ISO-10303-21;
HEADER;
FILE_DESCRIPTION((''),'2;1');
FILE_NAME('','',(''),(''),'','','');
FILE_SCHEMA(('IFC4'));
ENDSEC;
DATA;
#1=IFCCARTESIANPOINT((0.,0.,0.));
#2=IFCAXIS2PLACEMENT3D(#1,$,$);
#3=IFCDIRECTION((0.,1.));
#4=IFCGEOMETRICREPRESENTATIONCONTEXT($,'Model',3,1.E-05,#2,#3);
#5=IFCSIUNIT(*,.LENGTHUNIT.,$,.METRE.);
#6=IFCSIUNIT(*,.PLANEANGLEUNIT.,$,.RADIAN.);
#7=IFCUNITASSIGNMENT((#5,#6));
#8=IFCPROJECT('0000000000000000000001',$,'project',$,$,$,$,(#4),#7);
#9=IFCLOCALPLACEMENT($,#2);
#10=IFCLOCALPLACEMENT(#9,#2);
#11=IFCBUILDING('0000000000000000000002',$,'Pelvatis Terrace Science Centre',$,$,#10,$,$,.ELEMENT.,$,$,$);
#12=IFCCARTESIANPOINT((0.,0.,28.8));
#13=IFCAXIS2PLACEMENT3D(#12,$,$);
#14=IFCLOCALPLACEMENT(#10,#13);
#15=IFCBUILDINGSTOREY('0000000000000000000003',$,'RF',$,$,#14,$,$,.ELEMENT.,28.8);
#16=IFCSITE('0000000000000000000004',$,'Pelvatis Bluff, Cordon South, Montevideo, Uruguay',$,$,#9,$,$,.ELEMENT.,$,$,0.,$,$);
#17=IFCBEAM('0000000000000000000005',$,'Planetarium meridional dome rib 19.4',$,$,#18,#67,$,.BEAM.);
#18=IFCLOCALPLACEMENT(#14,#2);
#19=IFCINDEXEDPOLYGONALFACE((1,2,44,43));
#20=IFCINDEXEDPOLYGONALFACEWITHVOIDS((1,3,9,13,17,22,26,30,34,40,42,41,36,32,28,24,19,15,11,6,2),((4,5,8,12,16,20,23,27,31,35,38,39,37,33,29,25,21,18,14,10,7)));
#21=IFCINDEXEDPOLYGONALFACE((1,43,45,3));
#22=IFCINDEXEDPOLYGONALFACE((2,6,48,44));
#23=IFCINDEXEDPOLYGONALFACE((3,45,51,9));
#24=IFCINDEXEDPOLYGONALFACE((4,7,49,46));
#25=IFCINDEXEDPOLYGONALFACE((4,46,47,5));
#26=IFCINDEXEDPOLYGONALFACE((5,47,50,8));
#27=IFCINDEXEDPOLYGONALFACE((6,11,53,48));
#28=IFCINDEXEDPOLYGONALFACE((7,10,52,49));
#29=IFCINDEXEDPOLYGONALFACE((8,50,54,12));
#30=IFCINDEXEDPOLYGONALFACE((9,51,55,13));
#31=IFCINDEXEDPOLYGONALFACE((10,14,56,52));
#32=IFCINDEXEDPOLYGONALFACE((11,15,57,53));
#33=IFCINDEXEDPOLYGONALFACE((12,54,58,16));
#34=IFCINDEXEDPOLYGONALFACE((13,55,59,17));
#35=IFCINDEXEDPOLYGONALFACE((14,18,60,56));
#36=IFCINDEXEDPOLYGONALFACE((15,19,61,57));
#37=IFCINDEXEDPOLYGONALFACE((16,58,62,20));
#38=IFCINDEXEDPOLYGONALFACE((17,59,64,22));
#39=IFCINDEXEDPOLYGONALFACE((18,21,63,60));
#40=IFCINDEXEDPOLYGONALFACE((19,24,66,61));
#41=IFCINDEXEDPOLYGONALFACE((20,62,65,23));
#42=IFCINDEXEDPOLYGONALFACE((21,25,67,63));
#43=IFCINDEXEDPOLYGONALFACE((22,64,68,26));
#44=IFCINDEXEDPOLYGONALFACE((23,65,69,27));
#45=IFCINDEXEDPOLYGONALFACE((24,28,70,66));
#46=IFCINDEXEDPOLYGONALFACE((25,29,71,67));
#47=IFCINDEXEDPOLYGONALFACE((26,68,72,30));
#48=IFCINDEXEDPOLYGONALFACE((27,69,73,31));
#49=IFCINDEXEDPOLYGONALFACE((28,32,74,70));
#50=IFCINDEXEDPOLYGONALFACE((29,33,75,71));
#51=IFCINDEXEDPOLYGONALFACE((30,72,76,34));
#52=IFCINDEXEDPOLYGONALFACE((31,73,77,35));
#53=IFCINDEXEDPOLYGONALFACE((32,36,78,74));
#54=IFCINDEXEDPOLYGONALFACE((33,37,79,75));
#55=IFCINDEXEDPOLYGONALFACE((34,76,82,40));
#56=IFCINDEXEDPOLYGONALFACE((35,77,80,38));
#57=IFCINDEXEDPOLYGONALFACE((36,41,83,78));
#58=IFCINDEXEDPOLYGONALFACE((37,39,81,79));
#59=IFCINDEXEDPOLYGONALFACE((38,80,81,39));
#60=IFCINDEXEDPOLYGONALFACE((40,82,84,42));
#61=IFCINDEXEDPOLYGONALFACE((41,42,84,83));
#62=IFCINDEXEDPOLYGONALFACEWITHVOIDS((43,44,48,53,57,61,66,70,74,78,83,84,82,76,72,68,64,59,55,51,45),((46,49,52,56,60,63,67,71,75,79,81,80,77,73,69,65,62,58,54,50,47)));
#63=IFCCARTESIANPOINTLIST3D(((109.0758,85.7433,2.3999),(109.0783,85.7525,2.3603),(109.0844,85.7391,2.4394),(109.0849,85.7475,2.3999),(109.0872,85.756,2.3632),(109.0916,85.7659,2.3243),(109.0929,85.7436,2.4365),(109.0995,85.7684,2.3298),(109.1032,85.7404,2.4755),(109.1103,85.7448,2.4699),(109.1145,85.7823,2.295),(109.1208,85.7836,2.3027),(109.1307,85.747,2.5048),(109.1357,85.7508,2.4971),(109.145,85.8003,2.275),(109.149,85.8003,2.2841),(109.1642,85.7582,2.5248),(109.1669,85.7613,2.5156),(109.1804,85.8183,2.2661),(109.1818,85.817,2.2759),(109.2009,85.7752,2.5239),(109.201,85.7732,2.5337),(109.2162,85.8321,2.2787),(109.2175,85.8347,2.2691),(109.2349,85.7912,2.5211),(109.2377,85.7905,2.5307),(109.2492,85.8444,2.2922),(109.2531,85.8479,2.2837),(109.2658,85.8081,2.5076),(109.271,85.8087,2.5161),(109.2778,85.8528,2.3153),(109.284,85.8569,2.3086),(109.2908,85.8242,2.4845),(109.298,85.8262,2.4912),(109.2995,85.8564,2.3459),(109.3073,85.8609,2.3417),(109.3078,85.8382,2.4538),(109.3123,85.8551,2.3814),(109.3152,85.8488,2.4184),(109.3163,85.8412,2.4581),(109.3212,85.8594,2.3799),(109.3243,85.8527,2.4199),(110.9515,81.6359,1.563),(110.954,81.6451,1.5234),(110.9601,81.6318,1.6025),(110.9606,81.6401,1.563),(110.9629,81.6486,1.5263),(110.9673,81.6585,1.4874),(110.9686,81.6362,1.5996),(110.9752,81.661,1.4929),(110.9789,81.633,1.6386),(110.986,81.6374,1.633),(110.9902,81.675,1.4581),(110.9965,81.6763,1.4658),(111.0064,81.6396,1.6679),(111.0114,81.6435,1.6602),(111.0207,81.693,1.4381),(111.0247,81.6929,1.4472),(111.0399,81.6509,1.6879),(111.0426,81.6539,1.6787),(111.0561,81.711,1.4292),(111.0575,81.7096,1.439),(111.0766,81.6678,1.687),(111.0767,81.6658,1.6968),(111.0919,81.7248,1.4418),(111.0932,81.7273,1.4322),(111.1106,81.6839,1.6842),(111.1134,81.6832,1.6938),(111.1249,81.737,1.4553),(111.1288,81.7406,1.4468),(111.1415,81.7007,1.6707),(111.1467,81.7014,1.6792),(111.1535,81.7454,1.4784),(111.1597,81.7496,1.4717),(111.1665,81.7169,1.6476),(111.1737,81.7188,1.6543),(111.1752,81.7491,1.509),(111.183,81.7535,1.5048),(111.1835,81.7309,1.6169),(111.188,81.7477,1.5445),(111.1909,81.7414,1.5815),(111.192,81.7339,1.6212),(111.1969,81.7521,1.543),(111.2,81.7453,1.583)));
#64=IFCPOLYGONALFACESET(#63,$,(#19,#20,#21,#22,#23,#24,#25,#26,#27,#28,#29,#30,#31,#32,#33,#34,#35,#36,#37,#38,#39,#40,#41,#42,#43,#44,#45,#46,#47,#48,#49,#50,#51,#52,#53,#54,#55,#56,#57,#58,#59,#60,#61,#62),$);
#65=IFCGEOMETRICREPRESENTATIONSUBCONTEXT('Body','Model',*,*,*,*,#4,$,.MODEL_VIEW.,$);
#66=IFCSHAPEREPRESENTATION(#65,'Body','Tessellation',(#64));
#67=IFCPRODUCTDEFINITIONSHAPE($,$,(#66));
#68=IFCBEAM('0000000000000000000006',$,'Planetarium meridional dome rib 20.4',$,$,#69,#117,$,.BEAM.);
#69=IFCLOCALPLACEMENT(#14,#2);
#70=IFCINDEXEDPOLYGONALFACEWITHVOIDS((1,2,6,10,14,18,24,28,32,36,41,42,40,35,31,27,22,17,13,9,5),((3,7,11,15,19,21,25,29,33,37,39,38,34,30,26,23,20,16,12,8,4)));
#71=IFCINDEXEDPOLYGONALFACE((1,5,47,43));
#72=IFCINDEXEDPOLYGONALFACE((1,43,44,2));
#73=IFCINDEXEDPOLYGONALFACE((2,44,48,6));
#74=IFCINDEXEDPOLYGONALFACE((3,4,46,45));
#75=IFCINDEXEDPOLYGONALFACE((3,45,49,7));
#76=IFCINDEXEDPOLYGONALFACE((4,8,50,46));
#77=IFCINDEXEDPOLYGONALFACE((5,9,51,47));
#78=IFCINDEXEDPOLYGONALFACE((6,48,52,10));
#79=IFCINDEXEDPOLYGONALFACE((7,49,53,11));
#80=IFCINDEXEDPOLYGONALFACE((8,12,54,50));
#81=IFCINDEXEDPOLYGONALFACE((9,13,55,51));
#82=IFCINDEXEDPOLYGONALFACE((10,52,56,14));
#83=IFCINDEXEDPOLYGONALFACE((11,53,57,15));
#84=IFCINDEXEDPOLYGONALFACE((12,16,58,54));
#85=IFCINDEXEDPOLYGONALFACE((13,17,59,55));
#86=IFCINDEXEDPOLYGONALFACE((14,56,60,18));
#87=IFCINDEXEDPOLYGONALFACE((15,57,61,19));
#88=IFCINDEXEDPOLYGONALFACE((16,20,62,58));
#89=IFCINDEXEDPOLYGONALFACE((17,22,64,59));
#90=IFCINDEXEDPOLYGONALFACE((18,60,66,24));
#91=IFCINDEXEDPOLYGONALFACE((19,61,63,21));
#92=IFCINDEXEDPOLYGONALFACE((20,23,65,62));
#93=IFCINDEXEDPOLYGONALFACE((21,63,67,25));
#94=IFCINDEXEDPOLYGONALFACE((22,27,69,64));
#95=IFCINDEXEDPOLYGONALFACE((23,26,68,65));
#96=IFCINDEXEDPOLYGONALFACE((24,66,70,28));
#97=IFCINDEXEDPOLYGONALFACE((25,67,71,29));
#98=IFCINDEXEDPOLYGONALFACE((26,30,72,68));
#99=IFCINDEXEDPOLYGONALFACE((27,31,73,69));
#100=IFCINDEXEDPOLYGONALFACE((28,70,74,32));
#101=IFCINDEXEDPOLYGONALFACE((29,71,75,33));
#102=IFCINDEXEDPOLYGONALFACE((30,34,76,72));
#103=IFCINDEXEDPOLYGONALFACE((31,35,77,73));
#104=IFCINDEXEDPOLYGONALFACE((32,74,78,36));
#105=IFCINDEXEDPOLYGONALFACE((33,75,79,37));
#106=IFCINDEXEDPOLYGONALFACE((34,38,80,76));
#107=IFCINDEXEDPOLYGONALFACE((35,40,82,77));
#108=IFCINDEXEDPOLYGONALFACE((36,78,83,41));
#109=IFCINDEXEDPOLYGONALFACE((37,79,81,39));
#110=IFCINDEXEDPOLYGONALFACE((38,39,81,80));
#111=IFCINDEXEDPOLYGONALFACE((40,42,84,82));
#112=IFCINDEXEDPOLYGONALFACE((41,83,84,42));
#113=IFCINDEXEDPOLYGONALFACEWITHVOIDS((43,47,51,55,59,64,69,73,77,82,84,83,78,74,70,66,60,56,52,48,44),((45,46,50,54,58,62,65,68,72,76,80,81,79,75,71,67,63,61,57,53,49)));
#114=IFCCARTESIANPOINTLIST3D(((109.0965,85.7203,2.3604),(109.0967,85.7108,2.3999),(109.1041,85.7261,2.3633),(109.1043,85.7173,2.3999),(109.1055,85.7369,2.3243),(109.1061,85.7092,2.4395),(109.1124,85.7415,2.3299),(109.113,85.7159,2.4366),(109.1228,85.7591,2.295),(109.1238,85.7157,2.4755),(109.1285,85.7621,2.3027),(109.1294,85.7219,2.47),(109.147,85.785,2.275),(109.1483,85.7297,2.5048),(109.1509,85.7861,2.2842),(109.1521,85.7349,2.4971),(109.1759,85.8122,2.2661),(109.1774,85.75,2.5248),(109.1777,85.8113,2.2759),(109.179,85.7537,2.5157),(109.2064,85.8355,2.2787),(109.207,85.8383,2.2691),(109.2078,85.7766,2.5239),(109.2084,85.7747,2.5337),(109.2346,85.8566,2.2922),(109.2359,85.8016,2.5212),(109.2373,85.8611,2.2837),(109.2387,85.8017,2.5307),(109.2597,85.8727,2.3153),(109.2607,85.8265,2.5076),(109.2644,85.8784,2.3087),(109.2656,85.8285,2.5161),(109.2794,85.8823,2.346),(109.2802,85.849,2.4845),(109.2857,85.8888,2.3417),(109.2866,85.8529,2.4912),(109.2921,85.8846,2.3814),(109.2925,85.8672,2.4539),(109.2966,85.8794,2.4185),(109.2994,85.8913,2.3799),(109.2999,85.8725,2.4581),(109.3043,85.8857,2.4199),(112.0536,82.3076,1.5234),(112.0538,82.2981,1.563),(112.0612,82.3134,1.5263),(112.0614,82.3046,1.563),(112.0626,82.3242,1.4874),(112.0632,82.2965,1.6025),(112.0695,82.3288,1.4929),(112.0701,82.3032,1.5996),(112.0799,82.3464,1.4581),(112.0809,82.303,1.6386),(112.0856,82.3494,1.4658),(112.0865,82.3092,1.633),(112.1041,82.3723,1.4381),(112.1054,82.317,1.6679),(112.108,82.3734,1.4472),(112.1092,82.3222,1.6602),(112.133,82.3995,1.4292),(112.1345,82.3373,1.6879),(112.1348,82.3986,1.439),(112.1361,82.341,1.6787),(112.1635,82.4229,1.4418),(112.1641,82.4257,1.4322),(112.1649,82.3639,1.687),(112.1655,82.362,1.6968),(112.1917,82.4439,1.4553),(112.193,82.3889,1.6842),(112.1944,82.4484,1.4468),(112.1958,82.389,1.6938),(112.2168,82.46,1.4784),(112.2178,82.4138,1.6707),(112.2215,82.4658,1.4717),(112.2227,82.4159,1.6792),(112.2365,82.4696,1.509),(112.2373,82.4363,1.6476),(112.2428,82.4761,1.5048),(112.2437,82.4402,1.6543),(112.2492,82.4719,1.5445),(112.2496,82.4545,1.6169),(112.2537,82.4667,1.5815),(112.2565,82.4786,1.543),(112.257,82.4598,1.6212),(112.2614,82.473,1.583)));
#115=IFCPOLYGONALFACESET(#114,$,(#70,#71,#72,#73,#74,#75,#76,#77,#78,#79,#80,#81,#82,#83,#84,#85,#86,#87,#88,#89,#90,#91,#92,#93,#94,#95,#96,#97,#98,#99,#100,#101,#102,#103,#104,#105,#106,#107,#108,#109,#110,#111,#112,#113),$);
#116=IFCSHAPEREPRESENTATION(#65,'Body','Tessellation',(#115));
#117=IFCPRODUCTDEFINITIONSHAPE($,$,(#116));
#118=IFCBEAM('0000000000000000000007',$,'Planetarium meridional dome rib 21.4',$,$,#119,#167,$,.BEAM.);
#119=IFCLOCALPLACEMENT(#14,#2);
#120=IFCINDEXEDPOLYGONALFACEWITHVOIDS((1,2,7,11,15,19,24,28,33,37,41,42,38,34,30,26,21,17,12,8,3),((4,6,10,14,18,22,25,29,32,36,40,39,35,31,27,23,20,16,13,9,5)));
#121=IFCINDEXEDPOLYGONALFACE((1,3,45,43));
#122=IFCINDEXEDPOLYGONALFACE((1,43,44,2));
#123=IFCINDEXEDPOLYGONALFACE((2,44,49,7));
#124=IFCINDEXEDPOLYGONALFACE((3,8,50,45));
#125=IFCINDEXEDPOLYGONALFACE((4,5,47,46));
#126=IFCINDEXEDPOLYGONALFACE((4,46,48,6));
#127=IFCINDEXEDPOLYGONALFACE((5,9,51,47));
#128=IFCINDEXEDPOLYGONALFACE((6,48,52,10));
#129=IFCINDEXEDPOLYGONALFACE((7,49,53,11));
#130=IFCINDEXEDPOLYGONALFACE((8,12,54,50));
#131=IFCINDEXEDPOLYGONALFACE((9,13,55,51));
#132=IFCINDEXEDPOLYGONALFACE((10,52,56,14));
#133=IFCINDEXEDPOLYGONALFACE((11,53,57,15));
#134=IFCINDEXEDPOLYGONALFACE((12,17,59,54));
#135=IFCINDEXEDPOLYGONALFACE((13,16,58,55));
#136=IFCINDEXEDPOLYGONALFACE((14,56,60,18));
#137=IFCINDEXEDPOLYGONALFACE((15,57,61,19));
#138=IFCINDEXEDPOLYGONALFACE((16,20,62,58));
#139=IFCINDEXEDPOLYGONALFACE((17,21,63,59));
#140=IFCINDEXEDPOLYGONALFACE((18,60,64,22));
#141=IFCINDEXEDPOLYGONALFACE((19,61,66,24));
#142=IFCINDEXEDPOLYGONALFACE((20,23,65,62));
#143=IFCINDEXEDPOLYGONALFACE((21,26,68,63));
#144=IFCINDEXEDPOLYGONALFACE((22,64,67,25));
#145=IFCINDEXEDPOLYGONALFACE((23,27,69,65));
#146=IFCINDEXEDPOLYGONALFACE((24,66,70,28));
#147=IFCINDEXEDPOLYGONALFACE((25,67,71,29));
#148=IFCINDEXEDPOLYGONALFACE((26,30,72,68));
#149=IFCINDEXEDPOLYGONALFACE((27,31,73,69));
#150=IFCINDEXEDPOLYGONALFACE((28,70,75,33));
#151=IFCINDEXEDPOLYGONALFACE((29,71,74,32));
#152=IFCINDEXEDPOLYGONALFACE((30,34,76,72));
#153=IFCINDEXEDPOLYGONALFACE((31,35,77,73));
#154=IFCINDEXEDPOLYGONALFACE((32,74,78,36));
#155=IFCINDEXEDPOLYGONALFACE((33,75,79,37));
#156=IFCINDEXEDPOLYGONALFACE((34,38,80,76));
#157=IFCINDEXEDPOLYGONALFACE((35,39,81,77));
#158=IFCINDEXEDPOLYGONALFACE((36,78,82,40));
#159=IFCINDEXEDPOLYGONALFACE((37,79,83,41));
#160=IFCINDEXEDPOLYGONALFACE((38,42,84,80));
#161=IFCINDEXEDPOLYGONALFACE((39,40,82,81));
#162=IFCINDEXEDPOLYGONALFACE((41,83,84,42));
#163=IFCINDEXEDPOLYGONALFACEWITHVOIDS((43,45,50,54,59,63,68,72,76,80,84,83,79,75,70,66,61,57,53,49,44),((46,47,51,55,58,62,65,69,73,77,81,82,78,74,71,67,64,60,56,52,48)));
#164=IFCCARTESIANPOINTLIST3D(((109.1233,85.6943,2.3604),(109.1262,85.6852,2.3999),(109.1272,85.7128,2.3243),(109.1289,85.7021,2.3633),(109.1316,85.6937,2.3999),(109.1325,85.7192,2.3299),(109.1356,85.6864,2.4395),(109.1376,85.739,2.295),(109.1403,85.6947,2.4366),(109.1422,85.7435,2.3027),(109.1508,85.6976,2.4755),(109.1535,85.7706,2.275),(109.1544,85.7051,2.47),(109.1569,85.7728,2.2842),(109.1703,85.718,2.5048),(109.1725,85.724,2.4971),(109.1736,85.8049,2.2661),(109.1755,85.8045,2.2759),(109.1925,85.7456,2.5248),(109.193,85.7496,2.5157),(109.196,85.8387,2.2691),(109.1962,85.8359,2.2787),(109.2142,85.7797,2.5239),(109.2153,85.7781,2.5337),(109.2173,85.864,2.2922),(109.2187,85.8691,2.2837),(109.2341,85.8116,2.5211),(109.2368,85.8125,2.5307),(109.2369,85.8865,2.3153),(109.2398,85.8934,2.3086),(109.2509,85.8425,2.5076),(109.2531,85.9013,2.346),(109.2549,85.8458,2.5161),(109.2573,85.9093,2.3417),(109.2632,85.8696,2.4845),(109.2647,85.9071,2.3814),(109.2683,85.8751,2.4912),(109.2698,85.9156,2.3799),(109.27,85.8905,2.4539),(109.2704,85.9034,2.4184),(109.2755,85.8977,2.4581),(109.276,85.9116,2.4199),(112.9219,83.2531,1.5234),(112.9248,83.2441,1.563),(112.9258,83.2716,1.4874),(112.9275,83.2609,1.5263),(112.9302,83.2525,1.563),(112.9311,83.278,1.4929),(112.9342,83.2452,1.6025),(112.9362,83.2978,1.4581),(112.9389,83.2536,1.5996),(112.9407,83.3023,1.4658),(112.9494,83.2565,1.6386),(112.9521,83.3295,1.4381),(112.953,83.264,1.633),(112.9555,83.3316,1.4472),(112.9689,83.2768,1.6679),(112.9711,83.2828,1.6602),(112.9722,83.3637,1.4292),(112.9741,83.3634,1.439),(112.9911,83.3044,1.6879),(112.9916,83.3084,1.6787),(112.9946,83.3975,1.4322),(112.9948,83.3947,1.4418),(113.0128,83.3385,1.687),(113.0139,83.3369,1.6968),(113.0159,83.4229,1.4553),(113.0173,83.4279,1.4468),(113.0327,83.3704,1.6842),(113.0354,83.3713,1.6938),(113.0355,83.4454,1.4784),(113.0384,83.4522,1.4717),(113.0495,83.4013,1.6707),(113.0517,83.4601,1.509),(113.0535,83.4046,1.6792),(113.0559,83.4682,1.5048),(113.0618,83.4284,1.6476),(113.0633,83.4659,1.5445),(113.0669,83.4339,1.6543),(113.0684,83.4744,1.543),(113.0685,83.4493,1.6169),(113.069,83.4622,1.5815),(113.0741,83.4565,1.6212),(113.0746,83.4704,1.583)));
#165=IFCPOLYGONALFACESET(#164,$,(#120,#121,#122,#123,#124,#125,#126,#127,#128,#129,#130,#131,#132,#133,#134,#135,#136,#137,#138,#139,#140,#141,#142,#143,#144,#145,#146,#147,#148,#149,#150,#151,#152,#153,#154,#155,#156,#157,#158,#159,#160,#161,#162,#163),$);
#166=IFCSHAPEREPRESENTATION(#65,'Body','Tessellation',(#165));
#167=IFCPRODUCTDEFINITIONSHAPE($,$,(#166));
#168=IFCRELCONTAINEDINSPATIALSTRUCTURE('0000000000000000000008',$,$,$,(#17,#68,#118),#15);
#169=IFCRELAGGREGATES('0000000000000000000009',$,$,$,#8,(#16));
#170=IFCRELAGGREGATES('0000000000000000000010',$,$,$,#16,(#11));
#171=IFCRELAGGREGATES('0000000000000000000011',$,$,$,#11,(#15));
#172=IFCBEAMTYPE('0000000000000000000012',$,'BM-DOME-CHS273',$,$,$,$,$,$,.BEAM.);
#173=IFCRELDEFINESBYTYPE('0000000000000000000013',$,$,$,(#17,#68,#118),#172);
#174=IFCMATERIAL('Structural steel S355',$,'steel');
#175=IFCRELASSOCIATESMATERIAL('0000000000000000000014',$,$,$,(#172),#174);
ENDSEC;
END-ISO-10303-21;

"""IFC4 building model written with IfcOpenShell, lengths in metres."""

from ifc_helpers import new_model, si_unit, direction, frame, origin, origin_2d, place, context, subcontext, project, spatial, hollow_circle, extrude, material, material_profile, profile_set, type_object, element, save


model = new_model("IFC4")

# Units and contexts
model_context = context("Model", 3, precision=1e-05, world=origin(), true_north=direction((0.0, 1.0)))
body_context = subcontext(model_context, "Body", "Model", "MODEL_VIEW")
ifc_project = project(units=[si_unit("LENGTHUNIT", "METRE"), si_unit("PLANEANGLEUNIT", "RADIAN")], contexts=[model_context])

# Site, building, storey
site_placement = place(None, origin())
site = spatial("IfcSite", under=ifc_project, at=site_placement, Name="Pelvatis Bluff, Cordon South, Montevideo, Uruguay", CompositionType="ELEMENT", RefElevation=0.0)
building_placement = place(site_placement, origin())
building = spatial("IfcBuilding", under=site, at=building_placement, Name="Pelvatis Terrace Science Centre", CompositionType="ELEMENT")
storey_placement = place(building_placement, frame((0.0, 0.0, 28.8)))
storey = spatial("IfcBuildingStorey", under=building, at=storey_placement, Name="RF", CompositionType="ELEMENT", Elevation=28.8)

# Beams
ifc_material_1 = material(Name="Structural steel S355", Category="steel")
ifc_material_profile_1 = material_profile(ifc_material_1, hollow_circle(Radius=0.1365, WallThickness=0.01, at=origin_2d()), Name="CHS 273.0x10.0")
ifc_profile_set_1 = profile_set([ifc_material_profile_1], Name="Structural steel S355")
beam_type_1 = type_object("IfcBeamType", Name="BM-DOME-CHS273", PredefinedType="BEAM", material=ifc_profile_set_1)
beam_1_placement = place(storey_placement, frame((111.0757, 81.6926, 1.563), z_axis=(-0.408447, 0.894405, 0.182241), x_axis=(-0.909637, -0.415403, 0.0)))
element("IfcBeam", 1, at=beam_1_placement, inside=storey, type_object=beam_type_1, Name="Planetarium meridional dome rib 19.4", PredefinedType="BEAM", context=body_context, shape_type="SweptSolid", body=[
    extrude(hollow_circle(Radius=0.1365, WallThickness=0.01, at=origin_2d()), origin(), (0.0, 0.0, 1.0), 4.5923),
])
beam_2_placement = place(storey_placement, frame((112.157, 82.3875, 1.563), z_axis=(-0.643895, 0.743094, 0.182238), x_axis=(-0.75575, -0.654861, 0.0)))
element("IfcBeam", 2, at=beam_2_placement, inside=storey, type_object=beam_type_1, Name="Planetarium meridional dome rib 20.4", PredefinedType="BEAM", context=body_context, shape_type="SweptSolid", body=[
    extrude(hollow_circle(Radius=0.1365, WallThickness=0.01, at=origin_2d()), origin(), (0.0, 0.0, 1.0), 4.5925),
])
beam_3_placement = place(storey_placement, frame((112.9985, 83.3589, 1.563), z_axis=(-0.827169, 0.531581, 0.182244), x_axis=(-0.540635, -0.841258, 0.0)))
element("IfcBeam", 3, at=beam_3_placement, inside=storey, type_object=beam_type_1, Name="Planetarium meridional dome rib 21.4", PredefinedType="BEAM", context=body_context, shape_type="SweptSolid", body=[
    extrude(hollow_circle(Radius=0.1365, WallThickness=0.01, at=origin_2d()), origin(), (0.0, 0.0, 1.0), 4.5923),
])

save(model, "model.ifc")
